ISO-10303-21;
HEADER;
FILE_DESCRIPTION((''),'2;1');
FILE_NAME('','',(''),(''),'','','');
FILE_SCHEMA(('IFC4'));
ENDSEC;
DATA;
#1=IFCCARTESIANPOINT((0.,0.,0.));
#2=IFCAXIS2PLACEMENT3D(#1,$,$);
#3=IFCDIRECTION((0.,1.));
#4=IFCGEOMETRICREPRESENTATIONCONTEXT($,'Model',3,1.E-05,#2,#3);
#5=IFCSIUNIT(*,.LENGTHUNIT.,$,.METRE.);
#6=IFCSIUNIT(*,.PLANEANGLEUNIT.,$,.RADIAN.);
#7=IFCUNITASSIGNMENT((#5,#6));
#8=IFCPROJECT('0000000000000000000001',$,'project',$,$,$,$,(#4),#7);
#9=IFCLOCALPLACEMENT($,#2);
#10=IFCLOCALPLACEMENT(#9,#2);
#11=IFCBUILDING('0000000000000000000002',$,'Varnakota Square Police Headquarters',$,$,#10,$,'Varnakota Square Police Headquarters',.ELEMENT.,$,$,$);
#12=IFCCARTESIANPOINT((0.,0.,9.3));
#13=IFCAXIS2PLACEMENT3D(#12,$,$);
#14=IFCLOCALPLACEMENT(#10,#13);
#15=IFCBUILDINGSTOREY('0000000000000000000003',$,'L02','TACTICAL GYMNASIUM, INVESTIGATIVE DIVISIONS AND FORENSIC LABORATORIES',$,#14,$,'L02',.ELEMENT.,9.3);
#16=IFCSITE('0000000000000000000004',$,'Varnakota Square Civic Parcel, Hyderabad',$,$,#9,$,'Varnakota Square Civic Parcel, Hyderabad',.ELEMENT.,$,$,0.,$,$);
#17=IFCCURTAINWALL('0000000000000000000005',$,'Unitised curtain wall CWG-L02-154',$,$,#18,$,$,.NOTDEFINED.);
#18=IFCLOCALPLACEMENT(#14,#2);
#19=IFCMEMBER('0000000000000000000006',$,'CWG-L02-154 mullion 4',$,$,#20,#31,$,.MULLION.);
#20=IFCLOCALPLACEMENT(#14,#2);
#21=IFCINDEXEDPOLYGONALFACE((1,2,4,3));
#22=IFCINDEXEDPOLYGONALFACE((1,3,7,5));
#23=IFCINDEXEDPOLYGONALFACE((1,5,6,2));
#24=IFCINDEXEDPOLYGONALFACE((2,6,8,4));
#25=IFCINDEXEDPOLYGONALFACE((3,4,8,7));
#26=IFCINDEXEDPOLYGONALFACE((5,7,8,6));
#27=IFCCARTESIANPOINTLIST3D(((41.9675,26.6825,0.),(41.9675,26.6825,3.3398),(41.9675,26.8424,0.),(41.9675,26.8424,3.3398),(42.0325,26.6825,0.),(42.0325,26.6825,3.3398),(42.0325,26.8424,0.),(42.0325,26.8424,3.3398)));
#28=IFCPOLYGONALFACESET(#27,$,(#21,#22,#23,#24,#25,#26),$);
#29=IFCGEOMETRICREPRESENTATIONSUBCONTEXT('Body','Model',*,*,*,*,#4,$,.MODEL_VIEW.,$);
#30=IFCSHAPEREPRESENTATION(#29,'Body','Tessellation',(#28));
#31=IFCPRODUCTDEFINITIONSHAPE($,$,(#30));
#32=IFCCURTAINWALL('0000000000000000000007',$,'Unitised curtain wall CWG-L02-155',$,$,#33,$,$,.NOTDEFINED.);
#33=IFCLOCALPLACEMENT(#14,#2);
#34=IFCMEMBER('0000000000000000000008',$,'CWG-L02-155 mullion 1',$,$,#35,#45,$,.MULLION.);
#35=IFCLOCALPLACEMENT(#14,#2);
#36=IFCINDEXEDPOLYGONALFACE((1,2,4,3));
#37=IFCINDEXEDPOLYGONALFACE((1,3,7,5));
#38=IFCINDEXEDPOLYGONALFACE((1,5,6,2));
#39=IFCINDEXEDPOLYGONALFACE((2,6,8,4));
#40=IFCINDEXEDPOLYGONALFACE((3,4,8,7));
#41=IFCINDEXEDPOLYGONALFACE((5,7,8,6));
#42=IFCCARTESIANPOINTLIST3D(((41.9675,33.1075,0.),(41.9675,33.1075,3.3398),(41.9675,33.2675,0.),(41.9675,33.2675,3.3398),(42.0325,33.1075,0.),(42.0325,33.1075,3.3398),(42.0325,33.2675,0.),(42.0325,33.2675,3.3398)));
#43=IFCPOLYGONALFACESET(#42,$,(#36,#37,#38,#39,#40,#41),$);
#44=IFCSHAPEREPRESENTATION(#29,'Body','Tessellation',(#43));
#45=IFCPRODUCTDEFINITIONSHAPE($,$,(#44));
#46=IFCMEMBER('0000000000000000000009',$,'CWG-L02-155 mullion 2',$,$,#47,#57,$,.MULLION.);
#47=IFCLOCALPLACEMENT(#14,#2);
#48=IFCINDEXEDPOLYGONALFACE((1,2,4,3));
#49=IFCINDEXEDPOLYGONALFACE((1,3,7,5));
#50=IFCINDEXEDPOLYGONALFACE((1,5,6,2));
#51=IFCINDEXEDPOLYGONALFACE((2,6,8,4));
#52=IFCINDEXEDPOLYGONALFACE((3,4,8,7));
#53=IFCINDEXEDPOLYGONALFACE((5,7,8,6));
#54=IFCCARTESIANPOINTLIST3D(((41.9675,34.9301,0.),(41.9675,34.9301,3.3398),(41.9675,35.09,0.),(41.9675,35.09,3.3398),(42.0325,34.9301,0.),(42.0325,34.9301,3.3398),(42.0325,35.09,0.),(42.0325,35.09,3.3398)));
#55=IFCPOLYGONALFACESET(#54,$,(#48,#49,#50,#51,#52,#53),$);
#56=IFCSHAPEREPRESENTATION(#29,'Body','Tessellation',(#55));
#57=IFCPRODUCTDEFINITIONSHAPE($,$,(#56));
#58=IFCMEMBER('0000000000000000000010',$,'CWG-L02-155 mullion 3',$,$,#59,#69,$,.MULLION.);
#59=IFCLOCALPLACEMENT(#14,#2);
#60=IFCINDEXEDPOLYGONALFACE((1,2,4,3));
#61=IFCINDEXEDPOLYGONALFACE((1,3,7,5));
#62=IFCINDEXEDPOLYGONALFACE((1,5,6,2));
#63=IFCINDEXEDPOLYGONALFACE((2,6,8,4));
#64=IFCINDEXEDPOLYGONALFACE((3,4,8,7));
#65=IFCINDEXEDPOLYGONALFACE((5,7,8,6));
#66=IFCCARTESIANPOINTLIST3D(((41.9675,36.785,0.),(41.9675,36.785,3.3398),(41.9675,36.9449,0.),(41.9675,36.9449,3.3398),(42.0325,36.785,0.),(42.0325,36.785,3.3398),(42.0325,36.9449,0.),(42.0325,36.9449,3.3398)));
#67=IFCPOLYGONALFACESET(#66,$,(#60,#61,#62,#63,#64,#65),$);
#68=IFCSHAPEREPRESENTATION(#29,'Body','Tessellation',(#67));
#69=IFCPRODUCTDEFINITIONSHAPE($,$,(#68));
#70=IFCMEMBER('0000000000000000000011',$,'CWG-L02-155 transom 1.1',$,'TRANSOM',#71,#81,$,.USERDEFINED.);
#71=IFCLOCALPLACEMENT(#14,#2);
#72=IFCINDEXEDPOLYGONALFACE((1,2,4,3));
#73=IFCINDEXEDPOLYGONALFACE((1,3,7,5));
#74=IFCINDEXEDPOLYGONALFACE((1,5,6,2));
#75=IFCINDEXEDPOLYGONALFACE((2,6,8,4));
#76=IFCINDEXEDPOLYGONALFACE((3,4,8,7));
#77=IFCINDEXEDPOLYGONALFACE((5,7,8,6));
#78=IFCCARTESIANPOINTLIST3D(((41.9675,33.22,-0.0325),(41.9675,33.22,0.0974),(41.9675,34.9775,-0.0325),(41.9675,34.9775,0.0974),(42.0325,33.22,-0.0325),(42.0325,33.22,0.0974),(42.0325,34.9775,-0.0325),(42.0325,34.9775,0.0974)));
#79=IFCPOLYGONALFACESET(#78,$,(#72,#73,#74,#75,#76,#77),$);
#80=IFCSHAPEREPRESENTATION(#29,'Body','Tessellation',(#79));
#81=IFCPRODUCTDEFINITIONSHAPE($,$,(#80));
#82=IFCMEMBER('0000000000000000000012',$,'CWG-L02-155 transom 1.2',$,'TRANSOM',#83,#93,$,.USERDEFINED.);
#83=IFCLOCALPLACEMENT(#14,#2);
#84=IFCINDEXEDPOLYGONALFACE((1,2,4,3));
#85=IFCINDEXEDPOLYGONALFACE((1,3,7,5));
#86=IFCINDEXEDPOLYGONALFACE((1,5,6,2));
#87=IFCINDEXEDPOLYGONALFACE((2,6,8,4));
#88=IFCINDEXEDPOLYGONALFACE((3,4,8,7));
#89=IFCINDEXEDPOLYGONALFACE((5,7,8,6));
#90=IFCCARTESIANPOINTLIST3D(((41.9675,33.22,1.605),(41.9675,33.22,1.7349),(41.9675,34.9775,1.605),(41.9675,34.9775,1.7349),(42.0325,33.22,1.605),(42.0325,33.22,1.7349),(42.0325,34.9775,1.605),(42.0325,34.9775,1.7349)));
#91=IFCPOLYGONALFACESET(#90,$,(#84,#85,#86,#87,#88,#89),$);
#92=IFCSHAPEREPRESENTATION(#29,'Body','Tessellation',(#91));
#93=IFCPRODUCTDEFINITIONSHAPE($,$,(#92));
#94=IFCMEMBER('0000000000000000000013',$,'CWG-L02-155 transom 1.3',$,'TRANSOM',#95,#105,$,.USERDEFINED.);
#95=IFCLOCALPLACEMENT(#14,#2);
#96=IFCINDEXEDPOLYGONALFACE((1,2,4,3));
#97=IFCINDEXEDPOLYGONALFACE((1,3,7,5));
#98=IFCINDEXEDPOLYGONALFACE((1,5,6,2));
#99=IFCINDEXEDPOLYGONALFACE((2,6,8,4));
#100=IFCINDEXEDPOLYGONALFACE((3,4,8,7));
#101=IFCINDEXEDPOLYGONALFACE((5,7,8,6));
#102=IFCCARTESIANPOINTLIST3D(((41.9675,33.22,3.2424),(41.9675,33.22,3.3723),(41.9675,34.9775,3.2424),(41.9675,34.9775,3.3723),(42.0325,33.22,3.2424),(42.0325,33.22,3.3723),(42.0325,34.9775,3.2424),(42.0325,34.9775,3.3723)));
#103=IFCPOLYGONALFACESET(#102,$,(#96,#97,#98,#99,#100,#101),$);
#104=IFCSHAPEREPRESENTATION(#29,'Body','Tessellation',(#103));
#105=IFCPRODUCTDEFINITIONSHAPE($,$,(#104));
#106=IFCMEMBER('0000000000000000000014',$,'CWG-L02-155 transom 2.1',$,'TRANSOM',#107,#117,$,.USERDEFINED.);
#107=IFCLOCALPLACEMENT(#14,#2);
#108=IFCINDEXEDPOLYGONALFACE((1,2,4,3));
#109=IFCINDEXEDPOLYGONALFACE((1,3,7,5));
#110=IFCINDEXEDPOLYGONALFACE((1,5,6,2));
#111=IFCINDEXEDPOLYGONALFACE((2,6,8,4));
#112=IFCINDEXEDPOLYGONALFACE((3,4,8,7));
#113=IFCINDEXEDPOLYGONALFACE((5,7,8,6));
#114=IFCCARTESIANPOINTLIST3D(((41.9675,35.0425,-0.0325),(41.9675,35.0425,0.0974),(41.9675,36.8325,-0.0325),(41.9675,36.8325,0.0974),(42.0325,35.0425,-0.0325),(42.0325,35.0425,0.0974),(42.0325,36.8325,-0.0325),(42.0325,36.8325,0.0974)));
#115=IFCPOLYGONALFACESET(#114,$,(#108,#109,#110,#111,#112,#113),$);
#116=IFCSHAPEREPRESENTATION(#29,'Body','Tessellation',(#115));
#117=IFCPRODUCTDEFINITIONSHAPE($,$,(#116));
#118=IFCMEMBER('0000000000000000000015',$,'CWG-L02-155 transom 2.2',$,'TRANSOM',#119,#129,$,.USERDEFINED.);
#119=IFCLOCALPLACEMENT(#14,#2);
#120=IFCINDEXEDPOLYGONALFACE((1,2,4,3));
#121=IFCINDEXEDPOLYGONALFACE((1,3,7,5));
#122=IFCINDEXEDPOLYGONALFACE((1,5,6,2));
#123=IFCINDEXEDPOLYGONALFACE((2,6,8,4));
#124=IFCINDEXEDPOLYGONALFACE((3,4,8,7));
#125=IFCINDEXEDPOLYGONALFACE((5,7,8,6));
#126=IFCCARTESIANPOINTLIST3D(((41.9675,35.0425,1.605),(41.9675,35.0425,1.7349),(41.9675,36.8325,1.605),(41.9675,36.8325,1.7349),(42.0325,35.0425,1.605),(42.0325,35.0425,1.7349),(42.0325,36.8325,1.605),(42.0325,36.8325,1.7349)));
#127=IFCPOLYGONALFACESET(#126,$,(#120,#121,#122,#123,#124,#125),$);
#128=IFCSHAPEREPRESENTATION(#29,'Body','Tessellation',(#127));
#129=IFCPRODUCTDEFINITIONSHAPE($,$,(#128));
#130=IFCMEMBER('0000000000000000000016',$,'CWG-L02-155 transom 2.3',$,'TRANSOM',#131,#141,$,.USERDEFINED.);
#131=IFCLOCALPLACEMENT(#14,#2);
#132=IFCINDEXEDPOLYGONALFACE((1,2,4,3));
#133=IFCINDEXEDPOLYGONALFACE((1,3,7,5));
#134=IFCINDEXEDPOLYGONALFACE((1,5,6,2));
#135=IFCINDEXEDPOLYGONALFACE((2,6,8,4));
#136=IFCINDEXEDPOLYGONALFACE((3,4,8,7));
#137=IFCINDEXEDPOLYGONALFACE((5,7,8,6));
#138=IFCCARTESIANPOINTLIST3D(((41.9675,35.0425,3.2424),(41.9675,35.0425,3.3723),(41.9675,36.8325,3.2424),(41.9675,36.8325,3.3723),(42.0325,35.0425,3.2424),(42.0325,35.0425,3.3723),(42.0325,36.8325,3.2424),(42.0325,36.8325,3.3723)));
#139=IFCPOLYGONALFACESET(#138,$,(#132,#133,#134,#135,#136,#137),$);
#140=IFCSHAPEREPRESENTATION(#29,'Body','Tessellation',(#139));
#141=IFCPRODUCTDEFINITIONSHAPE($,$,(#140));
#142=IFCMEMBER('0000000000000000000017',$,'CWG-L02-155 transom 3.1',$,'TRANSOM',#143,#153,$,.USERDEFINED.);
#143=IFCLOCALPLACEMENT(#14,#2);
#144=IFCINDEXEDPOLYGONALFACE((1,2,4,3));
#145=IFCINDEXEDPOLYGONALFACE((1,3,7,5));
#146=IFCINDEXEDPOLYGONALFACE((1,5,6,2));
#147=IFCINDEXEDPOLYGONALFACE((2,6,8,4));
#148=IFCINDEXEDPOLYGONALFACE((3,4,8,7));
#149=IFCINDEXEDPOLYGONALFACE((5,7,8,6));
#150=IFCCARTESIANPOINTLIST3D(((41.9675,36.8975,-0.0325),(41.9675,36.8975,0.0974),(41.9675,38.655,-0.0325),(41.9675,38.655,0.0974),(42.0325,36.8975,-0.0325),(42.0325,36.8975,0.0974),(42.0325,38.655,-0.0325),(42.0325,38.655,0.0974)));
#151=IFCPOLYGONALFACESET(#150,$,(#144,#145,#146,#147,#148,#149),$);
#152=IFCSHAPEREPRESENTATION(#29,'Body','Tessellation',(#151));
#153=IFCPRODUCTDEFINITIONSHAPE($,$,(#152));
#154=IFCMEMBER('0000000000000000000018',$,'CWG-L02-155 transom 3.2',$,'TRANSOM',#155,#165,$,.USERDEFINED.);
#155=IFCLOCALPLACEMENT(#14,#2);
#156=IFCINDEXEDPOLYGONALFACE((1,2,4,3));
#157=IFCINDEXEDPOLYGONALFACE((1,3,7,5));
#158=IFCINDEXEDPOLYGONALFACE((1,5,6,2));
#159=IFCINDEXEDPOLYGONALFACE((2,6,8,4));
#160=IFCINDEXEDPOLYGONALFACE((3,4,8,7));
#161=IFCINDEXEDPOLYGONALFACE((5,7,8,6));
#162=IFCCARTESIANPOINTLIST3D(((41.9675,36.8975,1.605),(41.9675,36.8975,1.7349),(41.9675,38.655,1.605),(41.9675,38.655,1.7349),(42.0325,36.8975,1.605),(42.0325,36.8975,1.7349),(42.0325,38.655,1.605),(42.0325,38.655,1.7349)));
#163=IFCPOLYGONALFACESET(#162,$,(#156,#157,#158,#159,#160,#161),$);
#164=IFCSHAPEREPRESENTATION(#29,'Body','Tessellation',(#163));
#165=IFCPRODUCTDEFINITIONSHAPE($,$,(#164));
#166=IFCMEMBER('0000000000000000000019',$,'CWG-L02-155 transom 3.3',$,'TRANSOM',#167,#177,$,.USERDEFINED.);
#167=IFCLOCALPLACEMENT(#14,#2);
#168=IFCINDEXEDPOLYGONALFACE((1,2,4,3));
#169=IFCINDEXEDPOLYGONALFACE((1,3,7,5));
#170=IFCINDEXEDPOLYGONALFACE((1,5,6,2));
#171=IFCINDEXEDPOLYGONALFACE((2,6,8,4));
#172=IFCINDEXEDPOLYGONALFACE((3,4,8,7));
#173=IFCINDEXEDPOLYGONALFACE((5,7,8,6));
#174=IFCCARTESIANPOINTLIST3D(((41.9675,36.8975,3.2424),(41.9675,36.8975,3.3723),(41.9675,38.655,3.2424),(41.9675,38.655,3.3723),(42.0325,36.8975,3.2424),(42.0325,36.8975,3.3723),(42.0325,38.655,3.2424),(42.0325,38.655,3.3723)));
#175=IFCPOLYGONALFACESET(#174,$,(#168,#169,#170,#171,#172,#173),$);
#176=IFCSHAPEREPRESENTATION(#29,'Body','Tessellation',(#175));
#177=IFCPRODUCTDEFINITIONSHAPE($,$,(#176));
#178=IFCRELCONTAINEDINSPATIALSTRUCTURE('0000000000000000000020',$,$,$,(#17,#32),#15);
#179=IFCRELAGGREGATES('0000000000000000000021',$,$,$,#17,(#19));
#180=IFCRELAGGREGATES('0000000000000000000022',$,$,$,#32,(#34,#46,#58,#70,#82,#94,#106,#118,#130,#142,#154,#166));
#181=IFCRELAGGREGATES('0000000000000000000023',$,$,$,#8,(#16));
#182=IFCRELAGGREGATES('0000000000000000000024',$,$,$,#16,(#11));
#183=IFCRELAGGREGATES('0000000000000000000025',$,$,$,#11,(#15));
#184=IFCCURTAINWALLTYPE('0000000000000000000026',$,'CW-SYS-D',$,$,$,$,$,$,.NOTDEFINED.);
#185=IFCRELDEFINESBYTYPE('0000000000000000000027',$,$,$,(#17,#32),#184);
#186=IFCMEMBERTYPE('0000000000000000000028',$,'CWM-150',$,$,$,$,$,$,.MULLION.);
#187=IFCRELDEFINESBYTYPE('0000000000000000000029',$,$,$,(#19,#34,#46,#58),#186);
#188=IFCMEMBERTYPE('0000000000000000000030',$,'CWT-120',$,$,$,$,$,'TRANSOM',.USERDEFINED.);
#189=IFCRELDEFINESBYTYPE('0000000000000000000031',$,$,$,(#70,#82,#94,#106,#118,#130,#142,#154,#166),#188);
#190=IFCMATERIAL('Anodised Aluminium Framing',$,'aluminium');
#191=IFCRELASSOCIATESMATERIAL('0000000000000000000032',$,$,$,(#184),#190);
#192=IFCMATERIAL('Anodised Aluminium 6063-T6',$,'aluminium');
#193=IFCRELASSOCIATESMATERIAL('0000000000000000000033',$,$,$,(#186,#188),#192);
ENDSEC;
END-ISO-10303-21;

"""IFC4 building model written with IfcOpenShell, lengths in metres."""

from ifc_helpers import new_model, si_unit, direction, frame, origin, origin_2d, place, context, subcontext, project, spatial, rectangle, extrude, material, material_profile, profile_set, type_object, element, aggregate, save


model = new_model("IFC4")

# Units and contexts
model_context = context("Model", 3, precision=1e-05, world=origin(), true_north=direction((0.0, 1.0)))
body_context = subcontext(model_context, "Body", "Model", "MODEL_VIEW")
ifc_project = project(units=[si_unit("LENGTHUNIT", "METRE"), si_unit("PLANEANGLEUNIT", "RADIAN")], contexts=[model_context])

# Site, building, storey
site_placement = place(None, origin())
site = spatial("IfcSite", under=ifc_project, at=site_placement, Name="Varnakota Square Civic Parcel, Hyderabad", LongName="Varnakota Square Civic Parcel, Hyderabad", CompositionType="ELEMENT", RefElevation=0.0)
building_placement = place(site_placement, origin())
building = spatial("IfcBuilding", under=site, at=building_placement, Name="Varnakota Square Police Headquarters", LongName="Varnakota Square Police Headquarters", CompositionType="ELEMENT")
storey_placement = place(building_placement, frame((0.0, 0.0, 9.3)))
storey = spatial("IfcBuildingStorey", under=building, at=storey_placement, Name="L02", Description="TACTICAL GYMNASIUM, INVESTIGATIVE DIVISIONS AND FORENSIC LABORATORIES", LongName="L02", CompositionType="ELEMENT", Elevation=9.3)

# Curtain wall, member
ifc_material_1 = material(Name="Anodised Aluminium Framing", Category="aluminium")
curtain_wall_type = type_object("IfcCurtainWallType", Name="CW-SYS-D", PredefinedType="NOTDEFINED", material=ifc_material_1)
curtain_wall_1_placement = place(storey_placement, origin())
curtain_wall_1 = element("IfcCurtainWall", 1, at=curtain_wall_1_placement, inside=storey, type_object=curtain_wall_type, Name="Unitised curtain wall CWG-L02-154", PredefinedType="NOTDEFINED")
ifc_material_2 = material(Name="Anodised Aluminium 6063-T6", Category="aluminium")
ifc_material_profile_1 = material_profile(ifc_material_2, rectangle(XDim=0.0649, YDim=0.1599, at=origin_2d()), Name="ALU MULLION 65x160")
ifc_profile_set_1 = profile_set([ifc_material_profile_1], Name="Anodised Aluminium 6063-T6")
member_type_1 = type_object("IfcMemberType", Name="CWM-150", PredefinedType="MULLION", material=ifc_profile_set_1)
member_1_placement = place(storey_placement, frame((42.0, 26.7625, 0.0), z_axis=(0.0, 0.0, 1.0), x_axis=(-1.0, 0.0, 0.0)))
member_1 = element("IfcMember", 2, at=member_1_placement, type_object=member_type_1, Name="CWG-L02-154 mullion 4", PredefinedType="MULLION", context=body_context, shape_type="SweptSolid", body=[
    extrude(rectangle(XDim=0.0649, YDim=0.1599, at=origin_2d()), origin(), (0.0, 0.0, 1.0), 3.3398),
])
aggregate(curtain_wall_1, [member_1])

# Curtain wall, members
curtain_wall_2_placement = place(storey_placement, origin())
curtain_wall_2 = element("IfcCurtainWall", 3, at=curtain_wall_2_placement, inside=storey, type_object=curtain_wall_type, Name="Unitised curtain wall CWG-L02-155", PredefinedType="NOTDEFINED")
member_2_placement = place(storey_placement, frame((42.0, 33.1875, 0.0), z_axis=(0.0, 0.0, 1.0), x_axis=(-1.0, 0.0, 0.0)))
member_2 = element("IfcMember", 4, at=member_2_placement, type_object=member_type_1, Name="CWG-L02-155 mullion 1", PredefinedType="MULLION", context=body_context, shape_type="SweptSolid", body=[
    extrude(rectangle(XDim=0.0649, YDim=0.1599, at=origin_2d()), origin(), (0.0, 0.0, 1.0), 3.3398),
])
member_3_placement = place(storey_placement, frame((42.0, 35.01, 0.0), z_axis=(0.0, 0.0, 1.0), x_axis=(-1.0, 0.0, 0.0)))
member_3 = element("IfcMember", 5, at=member_3_placement, type_object=member_type_1, Name="CWG-L02-155 mullion 2", PredefinedType="MULLION", context=body_context, shape_type="SweptSolid", body=[
    extrude(rectangle(XDim=0.0649, YDim=0.1599, at=origin_2d()), origin(), (0.0, 0.0, 1.0), 3.3398),
])
member_4_placement = place(storey_placement, frame((42.0, 36.865, 0.0), z_axis=(0.0, 0.0, 1.0), x_axis=(-1.0, 0.0, 0.0)))
member_4 = element("IfcMember", 6, at=member_4_placement, type_object=member_type_1, Name="CWG-L02-155 mullion 3", PredefinedType="MULLION", context=body_context, shape_type="SweptSolid", body=[
    extrude(rectangle(XDim=0.0649, YDim=0.1599, at=origin_2d()), origin(), (0.0, 0.0, 1.0), 3.3398),
])
ifc_material_profile_2 = material_profile(ifc_material_2, rectangle(XDim=0.0649, YDim=0.1299, at=origin_2d()), Name="ALU TRANSOM 65x130")
ifc_profile_set_2 = profile_set([ifc_material_profile_2], Name="Anodised Aluminium 6063-T6")
member_type_2 = type_object("IfcMemberType", Name="CWT-120", ElementType="TRANSOM", PredefinedType="USERDEFINED", material=ifc_profile_set_2)
member_5_placement = place(storey_placement, frame((42.0, 33.22, 0.0325), z_axis=(0.0, 1.0, 0.0), x_axis=(-1.0, 0.0, 0.0)))
member_5 = element("IfcMember", 7, at=member_5_placement, type_object=member_type_2, Name="CWG-L02-155 transom 1.1", ObjectType="TRANSOM", PredefinedType="USERDEFINED", context=body_context, shape_type="SweptSolid", body=[
    extrude(rectangle(XDim=0.0649, YDim=0.1299, at=origin_2d()), origin(), (0.0, 0.0, 1.0), 1.7576),
])
member_6_placement = place(storey_placement, frame((42.0, 33.22, 1.6699), z_axis=(0.0, 1.0, 0.0), x_axis=(-1.0, 0.0, 0.0)))
member_6 = element("IfcMember", 8, at=member_6_placement, type_object=member_type_2, Name="CWG-L02-155 transom 1.2", ObjectType="TRANSOM", PredefinedType="USERDEFINED", context=body_context, shape_type="SweptSolid", body=[
    extrude(rectangle(XDim=0.0649, YDim=0.1299, at=origin_2d()), origin(), (0.0, 0.0, 1.0), 1.7576),
])
member_7_placement = place(storey_placement, frame((42.0, 33.22, 3.3074), z_axis=(0.0, 1.0, 0.0), x_axis=(-1.0, 0.0, 0.0)))
member_7 = element("IfcMember", 9, at=member_7_placement, type_object=member_type_2, Name="CWG-L02-155 transom 1.3", ObjectType="TRANSOM", PredefinedType="USERDEFINED", context=body_context, shape_type="SweptSolid", body=[
    extrude(rectangle(XDim=0.0649, YDim=0.1299, at=origin_2d()), origin(), (0.0, 0.0, 1.0), 1.7576),
])
member_8_placement = place(storey_placement, frame((42.0, 35.0425, 0.0325), z_axis=(0.0, 1.0, 0.0), x_axis=(-1.0, 0.0, 0.0)))
member_8 = element("IfcMember", 10, at=member_8_placement, type_object=member_type_2, Name="CWG-L02-155 transom 2.1", ObjectType="TRANSOM", PredefinedType="USERDEFINED", context=body_context, shape_type="SweptSolid", body=[
    extrude(rectangle(XDim=0.0649, YDim=0.1299, at=origin_2d()), origin(), (0.0, 0.0, 1.0), 1.79),
])
member_9_placement = place(storey_placement, frame((42.0, 35.0425, 1.6699), z_axis=(0.0, 1.0, 0.0), x_axis=(-1.0, 0.0, 0.0)))
member_9 = element("IfcMember", 11, at=member_9_placement, type_object=member_type_2, Name="CWG-L02-155 transom 2.2", ObjectType="TRANSOM", PredefinedType="USERDEFINED", context=body_context, shape_type="SweptSolid", body=[
    extrude(rectangle(XDim=0.0649, YDim=0.1299, at=origin_2d()), origin(), (0.0, 0.0, 1.0), 1.79),
])
member_10_placement = place(storey_placement, frame((42.0, 35.0425, 3.3074), z_axis=(0.0, 1.0, 0.0), x_axis=(-1.0, 0.0, 0.0)))
member_10 = element("IfcMember", 12, at=member_10_placement, type_object=member_type_2, Name="CWG-L02-155 transom 2.3", ObjectType="TRANSOM", PredefinedType="USERDEFINED", context=body_context, shape_type="SweptSolid", body=[
    extrude(rectangle(XDim=0.0649, YDim=0.1299, at=origin_2d()), origin(), (0.0, 0.0, 1.0), 1.79),
])
member_11_placement = place(storey_placement, frame((42.0, 36.8975, 0.0325), z_axis=(0.0, 1.0, 0.0), x_axis=(-1.0, 0.0, 0.0)))
member_11 = element("IfcMember", 13, at=member_11_placement, type_object=member_type_2, Name="CWG-L02-155 transom 3.1", ObjectType="TRANSOM", PredefinedType="USERDEFINED", context=body_context, shape_type="SweptSolid", body=[
    extrude(rectangle(XDim=0.0649, YDim=0.1299, at=origin_2d()), origin(), (0.0, 0.0, 1.0), 1.7576),
])
member_12_placement = place(storey_placement, frame((42.0, 36.8975, 1.6699), z_axis=(0.0, 1.0, 0.0), x_axis=(-1.0, 0.0, 0.0)))
member_12 = element("IfcMember", 14, at=member_12_placement, type_object=member_type_2, Name="CWG-L02-155 transom 3.2", ObjectType="TRANSOM", PredefinedType="USERDEFINED", context=body_context, shape_type="SweptSolid", body=[
    extrude(rectangle(XDim=0.0649, YDim=0.1299, at=origin_2d()), origin(), (0.0, 0.0, 1.0), 1.7576),
])
member_13_placement = place(storey_placement, frame((42.0, 36.8975, 3.3074), z_axis=(0.0, 1.0, 0.0), x_axis=(-1.0, 0.0, 0.0)))
member_13 = element("IfcMember", 15, at=member_13_placement, type_object=member_type_2, Name="CWG-L02-155 transom 3.3", ObjectType="TRANSOM", PredefinedType="USERDEFINED", context=body_context, shape_type="SweptSolid", body=[
    extrude(rectangle(XDim=0.0649, YDim=0.1299, at=origin_2d()), origin(), (0.0, 0.0, 1.0), 1.7576),
])

aggregate(curtain_wall_2, [member_2, member_3, member_4, member_5, member_6, member_7, member_8, member_9, member_10, member_11, member_12, member_13])

save(model, "model.ifc")
